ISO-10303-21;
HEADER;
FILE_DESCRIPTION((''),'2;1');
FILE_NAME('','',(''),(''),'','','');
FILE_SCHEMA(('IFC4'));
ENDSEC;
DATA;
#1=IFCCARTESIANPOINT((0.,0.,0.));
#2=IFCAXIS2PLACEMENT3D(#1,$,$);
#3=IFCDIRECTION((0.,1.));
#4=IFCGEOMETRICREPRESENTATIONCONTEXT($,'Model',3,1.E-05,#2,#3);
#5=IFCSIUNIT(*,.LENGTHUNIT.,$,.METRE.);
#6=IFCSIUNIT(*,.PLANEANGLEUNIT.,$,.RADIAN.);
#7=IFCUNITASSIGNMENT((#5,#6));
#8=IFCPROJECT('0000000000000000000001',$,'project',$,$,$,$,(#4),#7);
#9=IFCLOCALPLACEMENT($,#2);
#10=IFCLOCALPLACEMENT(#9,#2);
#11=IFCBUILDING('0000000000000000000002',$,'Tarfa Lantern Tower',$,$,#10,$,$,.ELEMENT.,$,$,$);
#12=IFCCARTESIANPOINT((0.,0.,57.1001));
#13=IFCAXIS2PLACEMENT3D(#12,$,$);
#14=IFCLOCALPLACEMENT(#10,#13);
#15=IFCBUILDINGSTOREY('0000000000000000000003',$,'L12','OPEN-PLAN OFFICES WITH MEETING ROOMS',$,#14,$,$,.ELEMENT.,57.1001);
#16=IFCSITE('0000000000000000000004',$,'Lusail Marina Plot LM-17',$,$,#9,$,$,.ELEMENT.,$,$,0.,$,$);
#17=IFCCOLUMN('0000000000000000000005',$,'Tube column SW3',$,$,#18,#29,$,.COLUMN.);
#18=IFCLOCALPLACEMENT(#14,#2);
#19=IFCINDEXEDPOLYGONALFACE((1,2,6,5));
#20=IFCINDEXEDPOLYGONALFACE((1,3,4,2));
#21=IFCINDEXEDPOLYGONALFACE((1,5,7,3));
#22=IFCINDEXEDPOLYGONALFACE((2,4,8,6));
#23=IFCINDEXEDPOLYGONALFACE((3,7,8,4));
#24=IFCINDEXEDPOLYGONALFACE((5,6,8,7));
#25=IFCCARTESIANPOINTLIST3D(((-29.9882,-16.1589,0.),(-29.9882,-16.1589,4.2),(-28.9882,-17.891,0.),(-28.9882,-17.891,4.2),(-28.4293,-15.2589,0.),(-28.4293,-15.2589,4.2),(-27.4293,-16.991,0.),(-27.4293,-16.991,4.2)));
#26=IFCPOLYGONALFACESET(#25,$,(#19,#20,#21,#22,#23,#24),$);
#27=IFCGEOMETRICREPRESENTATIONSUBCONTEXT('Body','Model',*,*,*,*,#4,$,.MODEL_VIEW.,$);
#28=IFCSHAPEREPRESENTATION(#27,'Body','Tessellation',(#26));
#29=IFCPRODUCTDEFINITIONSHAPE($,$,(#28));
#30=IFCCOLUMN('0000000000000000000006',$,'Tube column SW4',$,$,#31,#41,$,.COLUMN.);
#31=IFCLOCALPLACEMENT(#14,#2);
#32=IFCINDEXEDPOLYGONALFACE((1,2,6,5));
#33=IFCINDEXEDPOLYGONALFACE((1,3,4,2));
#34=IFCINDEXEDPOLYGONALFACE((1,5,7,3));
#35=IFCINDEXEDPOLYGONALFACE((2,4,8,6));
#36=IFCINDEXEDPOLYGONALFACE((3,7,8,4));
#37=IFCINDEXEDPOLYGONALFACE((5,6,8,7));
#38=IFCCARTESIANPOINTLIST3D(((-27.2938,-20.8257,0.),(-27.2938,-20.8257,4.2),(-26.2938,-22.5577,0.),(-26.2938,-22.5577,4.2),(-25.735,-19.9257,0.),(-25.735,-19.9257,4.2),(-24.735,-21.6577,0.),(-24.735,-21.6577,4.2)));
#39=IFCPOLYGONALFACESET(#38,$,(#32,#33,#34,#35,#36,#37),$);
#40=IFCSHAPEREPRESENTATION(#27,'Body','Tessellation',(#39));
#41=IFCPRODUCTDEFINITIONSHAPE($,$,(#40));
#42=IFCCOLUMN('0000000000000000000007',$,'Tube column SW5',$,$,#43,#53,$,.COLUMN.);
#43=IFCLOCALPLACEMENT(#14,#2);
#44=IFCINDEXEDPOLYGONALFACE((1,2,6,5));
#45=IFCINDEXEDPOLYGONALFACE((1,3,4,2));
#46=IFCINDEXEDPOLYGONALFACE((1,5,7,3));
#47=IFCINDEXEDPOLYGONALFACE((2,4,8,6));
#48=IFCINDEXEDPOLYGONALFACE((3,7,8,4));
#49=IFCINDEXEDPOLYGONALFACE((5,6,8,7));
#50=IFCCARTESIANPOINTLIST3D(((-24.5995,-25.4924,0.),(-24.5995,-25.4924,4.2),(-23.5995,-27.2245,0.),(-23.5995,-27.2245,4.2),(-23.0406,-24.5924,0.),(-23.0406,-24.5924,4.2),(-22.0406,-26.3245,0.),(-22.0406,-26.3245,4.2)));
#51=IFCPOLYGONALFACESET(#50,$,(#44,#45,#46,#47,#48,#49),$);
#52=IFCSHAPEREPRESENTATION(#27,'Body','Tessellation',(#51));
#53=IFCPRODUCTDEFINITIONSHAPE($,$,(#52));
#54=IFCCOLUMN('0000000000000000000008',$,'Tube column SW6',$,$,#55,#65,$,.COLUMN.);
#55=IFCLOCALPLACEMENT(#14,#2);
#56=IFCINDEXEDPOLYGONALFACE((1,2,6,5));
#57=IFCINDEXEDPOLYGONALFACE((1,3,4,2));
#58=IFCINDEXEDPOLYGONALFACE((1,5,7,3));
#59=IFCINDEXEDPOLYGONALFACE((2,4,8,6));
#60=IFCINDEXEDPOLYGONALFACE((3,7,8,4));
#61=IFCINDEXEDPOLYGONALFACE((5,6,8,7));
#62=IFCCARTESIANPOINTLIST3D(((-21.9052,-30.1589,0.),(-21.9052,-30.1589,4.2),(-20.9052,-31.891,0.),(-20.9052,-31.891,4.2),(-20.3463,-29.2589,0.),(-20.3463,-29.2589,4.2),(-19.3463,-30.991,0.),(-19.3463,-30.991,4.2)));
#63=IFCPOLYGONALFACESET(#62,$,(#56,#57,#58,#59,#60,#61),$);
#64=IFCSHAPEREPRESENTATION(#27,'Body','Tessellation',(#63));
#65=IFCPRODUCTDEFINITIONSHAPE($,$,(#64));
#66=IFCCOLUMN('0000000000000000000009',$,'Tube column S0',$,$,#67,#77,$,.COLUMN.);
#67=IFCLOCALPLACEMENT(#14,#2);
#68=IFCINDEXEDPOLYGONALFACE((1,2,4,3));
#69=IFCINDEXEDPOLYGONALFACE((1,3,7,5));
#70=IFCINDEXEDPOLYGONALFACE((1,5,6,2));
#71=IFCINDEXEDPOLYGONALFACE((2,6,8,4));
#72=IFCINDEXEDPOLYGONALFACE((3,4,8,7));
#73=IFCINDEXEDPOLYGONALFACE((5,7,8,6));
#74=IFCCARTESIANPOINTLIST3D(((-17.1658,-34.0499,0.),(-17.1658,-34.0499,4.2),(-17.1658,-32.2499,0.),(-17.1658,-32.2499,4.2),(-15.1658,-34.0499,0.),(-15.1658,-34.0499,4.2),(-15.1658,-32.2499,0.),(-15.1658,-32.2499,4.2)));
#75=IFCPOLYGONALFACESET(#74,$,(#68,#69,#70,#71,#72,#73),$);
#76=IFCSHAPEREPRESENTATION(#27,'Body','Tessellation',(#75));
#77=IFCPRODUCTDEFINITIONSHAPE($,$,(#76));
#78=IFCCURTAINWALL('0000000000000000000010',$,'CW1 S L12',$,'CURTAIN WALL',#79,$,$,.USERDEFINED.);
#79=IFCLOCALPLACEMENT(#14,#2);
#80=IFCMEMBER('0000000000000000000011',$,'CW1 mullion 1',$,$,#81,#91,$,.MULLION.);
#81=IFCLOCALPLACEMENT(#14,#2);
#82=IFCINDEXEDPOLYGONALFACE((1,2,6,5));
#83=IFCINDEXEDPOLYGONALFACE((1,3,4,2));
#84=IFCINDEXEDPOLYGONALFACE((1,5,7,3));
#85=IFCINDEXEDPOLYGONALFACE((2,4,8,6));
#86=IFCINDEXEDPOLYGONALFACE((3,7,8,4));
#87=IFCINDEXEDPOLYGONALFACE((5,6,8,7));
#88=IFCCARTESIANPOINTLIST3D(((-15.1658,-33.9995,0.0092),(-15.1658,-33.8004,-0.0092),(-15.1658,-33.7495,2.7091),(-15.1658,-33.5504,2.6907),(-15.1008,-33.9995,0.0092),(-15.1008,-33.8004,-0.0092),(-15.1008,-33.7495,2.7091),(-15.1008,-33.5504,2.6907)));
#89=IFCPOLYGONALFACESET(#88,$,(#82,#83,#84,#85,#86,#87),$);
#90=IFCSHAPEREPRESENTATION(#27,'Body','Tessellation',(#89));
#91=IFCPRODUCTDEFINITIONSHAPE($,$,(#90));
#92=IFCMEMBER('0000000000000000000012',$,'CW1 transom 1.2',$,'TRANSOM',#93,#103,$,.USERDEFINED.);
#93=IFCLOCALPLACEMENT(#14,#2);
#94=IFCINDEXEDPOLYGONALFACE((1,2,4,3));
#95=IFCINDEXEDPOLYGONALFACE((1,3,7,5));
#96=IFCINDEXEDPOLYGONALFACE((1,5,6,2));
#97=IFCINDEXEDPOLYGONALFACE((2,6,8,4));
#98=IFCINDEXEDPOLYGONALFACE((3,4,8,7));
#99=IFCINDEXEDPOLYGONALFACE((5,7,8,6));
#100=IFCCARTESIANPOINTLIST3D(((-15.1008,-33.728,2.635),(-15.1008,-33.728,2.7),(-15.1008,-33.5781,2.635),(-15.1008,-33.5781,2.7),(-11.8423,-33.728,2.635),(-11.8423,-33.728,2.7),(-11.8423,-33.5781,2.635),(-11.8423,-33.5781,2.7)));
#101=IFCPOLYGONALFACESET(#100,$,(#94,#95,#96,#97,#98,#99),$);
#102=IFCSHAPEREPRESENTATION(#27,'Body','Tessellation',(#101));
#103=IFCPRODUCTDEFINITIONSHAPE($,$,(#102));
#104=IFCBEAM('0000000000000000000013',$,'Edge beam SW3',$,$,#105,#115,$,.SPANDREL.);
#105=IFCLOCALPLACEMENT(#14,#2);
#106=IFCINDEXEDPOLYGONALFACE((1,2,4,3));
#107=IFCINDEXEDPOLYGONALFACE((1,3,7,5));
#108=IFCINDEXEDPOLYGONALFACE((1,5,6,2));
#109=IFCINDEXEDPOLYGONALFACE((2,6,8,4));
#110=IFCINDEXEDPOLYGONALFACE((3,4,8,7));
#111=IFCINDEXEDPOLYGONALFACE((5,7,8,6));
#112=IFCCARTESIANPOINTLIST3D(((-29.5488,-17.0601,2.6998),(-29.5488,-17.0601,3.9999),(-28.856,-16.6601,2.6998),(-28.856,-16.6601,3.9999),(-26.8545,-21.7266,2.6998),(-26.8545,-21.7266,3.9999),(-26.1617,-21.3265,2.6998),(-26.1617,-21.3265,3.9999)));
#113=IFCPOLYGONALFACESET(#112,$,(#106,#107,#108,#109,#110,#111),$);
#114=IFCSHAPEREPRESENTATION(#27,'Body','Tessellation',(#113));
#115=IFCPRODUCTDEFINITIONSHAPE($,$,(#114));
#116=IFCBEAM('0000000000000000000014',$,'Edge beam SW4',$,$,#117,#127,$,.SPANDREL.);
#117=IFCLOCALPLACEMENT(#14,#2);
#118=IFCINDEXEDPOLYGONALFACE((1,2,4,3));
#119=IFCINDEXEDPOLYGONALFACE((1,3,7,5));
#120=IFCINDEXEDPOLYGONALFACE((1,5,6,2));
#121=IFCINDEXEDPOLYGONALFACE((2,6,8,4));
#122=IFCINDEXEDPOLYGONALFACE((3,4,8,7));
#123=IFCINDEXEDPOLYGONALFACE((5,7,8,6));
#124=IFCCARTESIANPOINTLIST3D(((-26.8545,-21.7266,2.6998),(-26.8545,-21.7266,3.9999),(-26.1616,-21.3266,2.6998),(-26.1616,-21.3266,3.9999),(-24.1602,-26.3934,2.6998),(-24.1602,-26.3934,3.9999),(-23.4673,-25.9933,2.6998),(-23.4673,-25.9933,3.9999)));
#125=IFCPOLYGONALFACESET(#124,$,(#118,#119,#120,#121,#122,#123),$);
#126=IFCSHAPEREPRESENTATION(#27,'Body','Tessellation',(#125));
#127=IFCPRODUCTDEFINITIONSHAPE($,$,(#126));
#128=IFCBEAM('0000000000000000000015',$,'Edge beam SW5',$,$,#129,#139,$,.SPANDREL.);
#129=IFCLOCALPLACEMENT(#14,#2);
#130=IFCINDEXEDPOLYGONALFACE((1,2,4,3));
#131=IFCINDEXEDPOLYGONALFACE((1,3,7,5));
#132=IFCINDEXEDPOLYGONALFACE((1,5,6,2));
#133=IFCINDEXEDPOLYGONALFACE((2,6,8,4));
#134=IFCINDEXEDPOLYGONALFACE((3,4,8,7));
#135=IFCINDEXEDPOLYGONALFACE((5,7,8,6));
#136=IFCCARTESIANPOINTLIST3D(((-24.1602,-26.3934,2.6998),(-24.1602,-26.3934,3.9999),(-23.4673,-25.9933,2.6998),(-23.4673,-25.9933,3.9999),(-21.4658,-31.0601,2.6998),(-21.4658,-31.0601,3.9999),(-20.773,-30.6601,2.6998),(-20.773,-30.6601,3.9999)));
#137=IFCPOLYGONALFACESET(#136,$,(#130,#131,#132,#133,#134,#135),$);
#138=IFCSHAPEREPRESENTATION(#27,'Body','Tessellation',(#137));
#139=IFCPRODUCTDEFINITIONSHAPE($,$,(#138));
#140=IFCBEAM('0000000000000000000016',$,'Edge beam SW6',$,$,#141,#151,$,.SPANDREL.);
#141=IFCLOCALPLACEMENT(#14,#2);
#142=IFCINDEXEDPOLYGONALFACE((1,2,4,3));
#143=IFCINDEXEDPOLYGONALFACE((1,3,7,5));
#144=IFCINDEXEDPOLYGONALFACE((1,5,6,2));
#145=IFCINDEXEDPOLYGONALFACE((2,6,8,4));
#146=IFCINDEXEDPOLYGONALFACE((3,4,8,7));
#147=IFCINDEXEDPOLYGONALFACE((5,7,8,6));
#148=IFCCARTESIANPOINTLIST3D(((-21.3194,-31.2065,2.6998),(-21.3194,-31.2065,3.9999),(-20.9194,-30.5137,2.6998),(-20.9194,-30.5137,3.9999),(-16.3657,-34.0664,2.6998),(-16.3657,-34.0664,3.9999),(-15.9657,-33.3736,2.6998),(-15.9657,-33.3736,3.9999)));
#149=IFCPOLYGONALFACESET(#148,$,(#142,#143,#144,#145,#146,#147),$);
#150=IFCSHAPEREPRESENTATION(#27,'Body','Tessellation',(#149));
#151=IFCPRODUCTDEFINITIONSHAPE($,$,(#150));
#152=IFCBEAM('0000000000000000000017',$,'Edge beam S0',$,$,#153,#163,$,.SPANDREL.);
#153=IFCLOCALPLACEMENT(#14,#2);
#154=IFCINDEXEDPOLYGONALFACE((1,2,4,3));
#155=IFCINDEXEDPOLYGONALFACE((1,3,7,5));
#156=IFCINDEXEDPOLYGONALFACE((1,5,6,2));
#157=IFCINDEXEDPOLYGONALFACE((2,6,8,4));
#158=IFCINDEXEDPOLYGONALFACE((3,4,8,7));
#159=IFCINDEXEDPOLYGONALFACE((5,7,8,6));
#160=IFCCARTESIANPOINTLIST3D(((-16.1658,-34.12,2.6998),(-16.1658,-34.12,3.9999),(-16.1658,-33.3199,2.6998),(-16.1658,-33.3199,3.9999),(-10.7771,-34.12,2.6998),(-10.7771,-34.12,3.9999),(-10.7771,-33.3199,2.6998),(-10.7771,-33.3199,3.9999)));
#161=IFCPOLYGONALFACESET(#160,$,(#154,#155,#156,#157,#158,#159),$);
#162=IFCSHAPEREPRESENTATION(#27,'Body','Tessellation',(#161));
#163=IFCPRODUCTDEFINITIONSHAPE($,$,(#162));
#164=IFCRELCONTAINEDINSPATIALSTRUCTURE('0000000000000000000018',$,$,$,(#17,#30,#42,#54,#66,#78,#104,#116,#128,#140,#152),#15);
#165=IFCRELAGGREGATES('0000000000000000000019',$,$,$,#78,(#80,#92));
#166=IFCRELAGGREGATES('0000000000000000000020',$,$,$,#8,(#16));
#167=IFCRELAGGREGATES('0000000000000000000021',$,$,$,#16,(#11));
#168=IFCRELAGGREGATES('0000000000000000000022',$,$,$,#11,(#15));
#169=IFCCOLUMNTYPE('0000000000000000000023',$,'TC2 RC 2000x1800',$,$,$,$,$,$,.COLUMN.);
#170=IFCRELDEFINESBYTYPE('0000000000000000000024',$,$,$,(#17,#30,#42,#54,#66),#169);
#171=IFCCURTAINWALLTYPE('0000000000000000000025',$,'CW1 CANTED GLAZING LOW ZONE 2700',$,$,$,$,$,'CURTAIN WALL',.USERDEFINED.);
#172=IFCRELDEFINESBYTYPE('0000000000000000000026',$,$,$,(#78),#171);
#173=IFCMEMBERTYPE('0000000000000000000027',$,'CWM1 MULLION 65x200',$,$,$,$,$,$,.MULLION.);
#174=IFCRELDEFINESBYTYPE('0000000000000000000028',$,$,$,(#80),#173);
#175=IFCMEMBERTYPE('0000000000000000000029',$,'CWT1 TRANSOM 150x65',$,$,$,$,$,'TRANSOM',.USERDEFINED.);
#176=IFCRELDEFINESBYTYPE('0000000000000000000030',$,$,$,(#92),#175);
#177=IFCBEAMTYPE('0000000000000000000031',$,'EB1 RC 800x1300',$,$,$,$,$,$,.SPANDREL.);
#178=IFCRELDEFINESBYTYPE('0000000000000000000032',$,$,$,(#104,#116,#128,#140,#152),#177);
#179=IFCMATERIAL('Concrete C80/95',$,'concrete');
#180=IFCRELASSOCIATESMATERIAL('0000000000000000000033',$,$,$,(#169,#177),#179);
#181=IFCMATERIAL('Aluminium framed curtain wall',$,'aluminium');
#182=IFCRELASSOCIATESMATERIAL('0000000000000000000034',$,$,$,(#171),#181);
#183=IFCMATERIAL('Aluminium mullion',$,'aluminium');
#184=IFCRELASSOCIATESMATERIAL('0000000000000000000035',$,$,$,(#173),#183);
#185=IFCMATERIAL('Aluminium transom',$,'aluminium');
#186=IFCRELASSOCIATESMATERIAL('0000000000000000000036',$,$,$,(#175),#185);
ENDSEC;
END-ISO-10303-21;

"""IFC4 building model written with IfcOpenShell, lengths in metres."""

from ifc_helpers import new_model, si_unit, direction, frame, origin, origin_2d, place, context, subcontext, project, spatial, rectangle, extrude, material, material_profile, profile_set, type_object, element, aggregate, save


model = new_model("IFC4")

# Units and contexts
model_context = context("Model", 3, precision=1e-05, world=origin(), true_north=direction((0.0, 1.0)))
body_context = subcontext(model_context, "Body", "Model", "MODEL_VIEW")
ifc_project = project(units=[si_unit("LENGTHUNIT", "METRE"), si_unit("PLANEANGLEUNIT", "RADIAN")], contexts=[model_context])

# Site, building, storey
site_placement = place(None, origin())
site = spatial("IfcSite", under=ifc_project, at=site_placement, Name="Lusail Marina Plot LM-17", CompositionType="ELEMENT", RefElevation=0.0)
building_placement = place(site_placement, origin())
building = spatial("IfcBuilding", under=site, at=building_placement, Name="Tarfa Lantern Tower", CompositionType="ELEMENT")
storey_placement = place(building_placement, frame((0.0, 0.0, 57.1001)))
storey = spatial("IfcBuildingStorey", under=building, at=storey_placement, Name="L12", Description="OPEN-PLAN OFFICES WITH MEETING ROOMS", CompositionType="ELEMENT", Elevation=57.1001)

# Columns
ifc_material_1 = material(Name="Concrete C80/95", Category="concrete")
ifc_material_profile_1 = material_profile(ifc_material_1, rectangle(XDim=2.0, YDim=1.8, at=origin_2d()), Name="RC 2000x1800")
ifc_profile_set_1 = profile_set([ifc_material_profile_1], Name="Concrete C80/95")
column_type = type_object("IfcColumnType", Name="TC2 RC 2000x1800", PredefinedType="COLUMN", material=ifc_profile_set_1)
for number, where, z_axis, x_axis, name in (
    (1, (-28.7087, -16.575, 0.0), (0.0, 0.0, 1.0), (0.5, -0.866025, 0.0), "Tube column SW3"),
    (2, (-26.0144, -21.2417, 0.0), (0.0, 0.0, 1.0), (0.5, -0.866025, 0.0), "Tube column SW4"),
    (3, (-23.3201, -25.9084, 0.0), (0.0, 0.0, 1.0), (0.5, -0.866025, 0.0), "Tube column SW5"),
    (4, (-20.6257, -30.575, 0.0), (0.0, 0.0, 1.0), (0.5, -0.866025, 0.0), "Tube column SW6"),
    (5, (-16.1658, -33.1499, 0.0), (0.0, 0.0, 1.0), (1.0, 0.0, 0.0), "Tube column S0"),
):
    element("IfcColumn", number, at=place(storey_placement, frame(where, z_axis=z_axis, x_axis=x_axis)), inside=storey, type_object=column_type, Name=name, PredefinedType="COLUMN", context=body_context, shape_type="SweptSolid", body=[
        extrude(rectangle(XDim=2.0, YDim=1.8, at=origin_2d()), origin(), (0.0, 0.0, 1.0), 4.2),
    ])

# Curtain wall, members
ifc_material_2 = material(Name="Aluminium framed curtain wall", Category="aluminium")
curtain_wall_type = type_object("IfcCurtainWallType", Name="CW1 CANTED GLAZING LOW ZONE 2700", ElementType="CURTAIN WALL", PredefinedType="USERDEFINED", material=ifc_material_2)
curtain_wall_placement = place(storey_placement, origin())
curtain_wall = element("IfcCurtainWall", 6, at=curtain_wall_placement, inside=storey, type_object=curtain_wall_type, Name="CW1 S L12", ObjectType="CURTAIN WALL", PredefinedType="USERDEFINED")
ifc_material_3 = material(Name="Aluminium mullion", Category="aluminium")
ifc_material_profile_2 = material_profile(ifc_material_3, rectangle(XDim=0.0649, YDim=0.2, at=origin_2d()), Name="AL MULLION 65x200")
ifc_profile_set_2 = profile_set([ifc_material_profile_2], Name="Aluminium mullion")
member_type_1 = type_object("IfcMemberType", Name="CWM1 MULLION 65x200", PredefinedType="MULLION", material=ifc_profile_set_2)
member_1_placement = place(storey_placement, frame((-15.1333, -33.8999, 0.0), z_axis=(0.0, 0.0922, 0.995741), x_axis=(-1.0, 0.0, 0.0)))
member_1 = element("IfcMember", 7, at=member_1_placement, type_object=member_type_1, Name="CW1 mullion 1", PredefinedType="MULLION", context=body_context, shape_type="SweptSolid", body=[
    extrude(rectangle(XDim=0.0649, YDim=0.2, at=origin_2d()), origin(), (0.0, 0.0, 1.0), 2.7114),
])
ifc_material_4 = material(Name="Aluminium transom", Category="aluminium")
ifc_material_profile_3 = material_profile(ifc_material_4, rectangle(XDim=0.1499, YDim=0.0649, at=origin_2d()), Name="AL TRANSOM 150x65")
ifc_profile_set_3 = profile_set([ifc_material_profile_3], Name="Aluminium transom")
member_type_2 = type_object("IfcMemberType", Name="CWT1 TRANSOM 150x65", ElementType="TRANSOM", PredefinedType="USERDEFINED", material=ifc_profile_set_3)
member_2_placement = place(storey_placement, frame((-15.1008, -33.6531, 2.6675), z_axis=(1.0, 0.0, 0.0), x_axis=(0.0, 1.0, 0.0)))
member_2 = element("IfcMember", 8, at=member_2_placement, type_object=member_type_2, Name="CW1 transom 1.2", ObjectType="TRANSOM", PredefinedType="USERDEFINED", context=body_context, shape_type="SweptSolid", body=[
    extrude(rectangle(XDim=0.1499, YDim=0.0649, at=origin_2d()), origin(), (0.0, 0.0, 1.0), 3.2585),
])

# Beams
ifc_material_profile_4 = material_profile(ifc_material_1, rectangle(XDim=0.8, YDim=1.3, at=origin_2d()), Name="RC 800x1300")
ifc_profile_set_4 = profile_set([ifc_material_profile_4], Name="Concrete C80/95")
beam_type_1 = type_object("IfcBeamType", Name="EB1 RC 800x1300", PredefinedType="SPANDREL", material=ifc_profile_set_4)
beam_1_placement = place(storey_placement, frame((-29.2024, -16.8601, 3.3499), z_axis=(0.500018, -0.866015, 0.0), x_axis=(0.866015, 0.500018, 0.0)))
element("IfcBeam", 9, at=beam_1_placement, inside=storey, type_object=beam_type_1, Name="Edge beam SW3", PredefinedType="SPANDREL", context=body_context, shape_type="SweptSolid", body=[
    extrude(rectangle(XDim=0.8, YDim=1.3, at=origin_2d()), origin(), (0.0, 0.0, 1.0), 5.3884),
])
for number, where, z_axis, x_axis, name in (
    (10, (-26.5081, -21.5266, 3.3499), (0.499998, -0.866026, 0.0), (0.866026, 0.499998, 0.0), "Edge beam SW4"),
    (11, (-23.8137, -26.1934, 3.3499), (0.499998, -0.866026, 0.0), (0.866026, 0.499998, 0.0), "Edge beam SW5"),
):
    element("IfcBeam", number, at=place(storey_placement, frame(where, z_axis=z_axis, x_axis=x_axis)), inside=storey, type_object=beam_type_1, Name=name, PredefinedType="SPANDREL", context=body_context, shape_type="SweptSolid", body=[
        extrude(rectangle(XDim=0.8, YDim=1.3, at=origin_2d()), origin(), (0.0, 0.0, 1.0), 5.3887),
    ])
beam_2_placement = place(storey_placement, frame((-21.1194, -30.8601, 3.3499), z_axis=(0.866033, -0.499986, 0.0), x_axis=(0.499986, 0.866033, 0.0)))
element("IfcBeam", 12, at=beam_2_placement, inside=storey, type_object=beam_type_1, Name="Edge beam SW6", PredefinedType="SPANDREL", context=body_context, shape_type="SweptSolid", body=[
    extrude(rectangle(XDim=0.8, YDim=1.3, at=origin_2d()), origin(), (0.0, 0.0, 1.0), 5.72),
])
beam_3_placement = place(storey_placement, frame((-16.1658, -33.72, 3.3499), z_axis=(1.0, 0.0, 0.0), x_axis=(0.0, 1.0, 0.0)))
element("IfcBeam", 13, at=beam_3_placement, inside=storey, type_object=beam_type_1, Name="Edge beam S0", PredefinedType="SPANDREL", context=body_context, shape_type="SweptSolid", body=[
    extrude(rectangle(XDim=0.8, YDim=1.3, at=origin_2d()), origin(), (0.0, 0.0, 1.0), 5.3887),
])

aggregate(curtain_wall, [member_1, member_2])

save(model, "model.ifc")
